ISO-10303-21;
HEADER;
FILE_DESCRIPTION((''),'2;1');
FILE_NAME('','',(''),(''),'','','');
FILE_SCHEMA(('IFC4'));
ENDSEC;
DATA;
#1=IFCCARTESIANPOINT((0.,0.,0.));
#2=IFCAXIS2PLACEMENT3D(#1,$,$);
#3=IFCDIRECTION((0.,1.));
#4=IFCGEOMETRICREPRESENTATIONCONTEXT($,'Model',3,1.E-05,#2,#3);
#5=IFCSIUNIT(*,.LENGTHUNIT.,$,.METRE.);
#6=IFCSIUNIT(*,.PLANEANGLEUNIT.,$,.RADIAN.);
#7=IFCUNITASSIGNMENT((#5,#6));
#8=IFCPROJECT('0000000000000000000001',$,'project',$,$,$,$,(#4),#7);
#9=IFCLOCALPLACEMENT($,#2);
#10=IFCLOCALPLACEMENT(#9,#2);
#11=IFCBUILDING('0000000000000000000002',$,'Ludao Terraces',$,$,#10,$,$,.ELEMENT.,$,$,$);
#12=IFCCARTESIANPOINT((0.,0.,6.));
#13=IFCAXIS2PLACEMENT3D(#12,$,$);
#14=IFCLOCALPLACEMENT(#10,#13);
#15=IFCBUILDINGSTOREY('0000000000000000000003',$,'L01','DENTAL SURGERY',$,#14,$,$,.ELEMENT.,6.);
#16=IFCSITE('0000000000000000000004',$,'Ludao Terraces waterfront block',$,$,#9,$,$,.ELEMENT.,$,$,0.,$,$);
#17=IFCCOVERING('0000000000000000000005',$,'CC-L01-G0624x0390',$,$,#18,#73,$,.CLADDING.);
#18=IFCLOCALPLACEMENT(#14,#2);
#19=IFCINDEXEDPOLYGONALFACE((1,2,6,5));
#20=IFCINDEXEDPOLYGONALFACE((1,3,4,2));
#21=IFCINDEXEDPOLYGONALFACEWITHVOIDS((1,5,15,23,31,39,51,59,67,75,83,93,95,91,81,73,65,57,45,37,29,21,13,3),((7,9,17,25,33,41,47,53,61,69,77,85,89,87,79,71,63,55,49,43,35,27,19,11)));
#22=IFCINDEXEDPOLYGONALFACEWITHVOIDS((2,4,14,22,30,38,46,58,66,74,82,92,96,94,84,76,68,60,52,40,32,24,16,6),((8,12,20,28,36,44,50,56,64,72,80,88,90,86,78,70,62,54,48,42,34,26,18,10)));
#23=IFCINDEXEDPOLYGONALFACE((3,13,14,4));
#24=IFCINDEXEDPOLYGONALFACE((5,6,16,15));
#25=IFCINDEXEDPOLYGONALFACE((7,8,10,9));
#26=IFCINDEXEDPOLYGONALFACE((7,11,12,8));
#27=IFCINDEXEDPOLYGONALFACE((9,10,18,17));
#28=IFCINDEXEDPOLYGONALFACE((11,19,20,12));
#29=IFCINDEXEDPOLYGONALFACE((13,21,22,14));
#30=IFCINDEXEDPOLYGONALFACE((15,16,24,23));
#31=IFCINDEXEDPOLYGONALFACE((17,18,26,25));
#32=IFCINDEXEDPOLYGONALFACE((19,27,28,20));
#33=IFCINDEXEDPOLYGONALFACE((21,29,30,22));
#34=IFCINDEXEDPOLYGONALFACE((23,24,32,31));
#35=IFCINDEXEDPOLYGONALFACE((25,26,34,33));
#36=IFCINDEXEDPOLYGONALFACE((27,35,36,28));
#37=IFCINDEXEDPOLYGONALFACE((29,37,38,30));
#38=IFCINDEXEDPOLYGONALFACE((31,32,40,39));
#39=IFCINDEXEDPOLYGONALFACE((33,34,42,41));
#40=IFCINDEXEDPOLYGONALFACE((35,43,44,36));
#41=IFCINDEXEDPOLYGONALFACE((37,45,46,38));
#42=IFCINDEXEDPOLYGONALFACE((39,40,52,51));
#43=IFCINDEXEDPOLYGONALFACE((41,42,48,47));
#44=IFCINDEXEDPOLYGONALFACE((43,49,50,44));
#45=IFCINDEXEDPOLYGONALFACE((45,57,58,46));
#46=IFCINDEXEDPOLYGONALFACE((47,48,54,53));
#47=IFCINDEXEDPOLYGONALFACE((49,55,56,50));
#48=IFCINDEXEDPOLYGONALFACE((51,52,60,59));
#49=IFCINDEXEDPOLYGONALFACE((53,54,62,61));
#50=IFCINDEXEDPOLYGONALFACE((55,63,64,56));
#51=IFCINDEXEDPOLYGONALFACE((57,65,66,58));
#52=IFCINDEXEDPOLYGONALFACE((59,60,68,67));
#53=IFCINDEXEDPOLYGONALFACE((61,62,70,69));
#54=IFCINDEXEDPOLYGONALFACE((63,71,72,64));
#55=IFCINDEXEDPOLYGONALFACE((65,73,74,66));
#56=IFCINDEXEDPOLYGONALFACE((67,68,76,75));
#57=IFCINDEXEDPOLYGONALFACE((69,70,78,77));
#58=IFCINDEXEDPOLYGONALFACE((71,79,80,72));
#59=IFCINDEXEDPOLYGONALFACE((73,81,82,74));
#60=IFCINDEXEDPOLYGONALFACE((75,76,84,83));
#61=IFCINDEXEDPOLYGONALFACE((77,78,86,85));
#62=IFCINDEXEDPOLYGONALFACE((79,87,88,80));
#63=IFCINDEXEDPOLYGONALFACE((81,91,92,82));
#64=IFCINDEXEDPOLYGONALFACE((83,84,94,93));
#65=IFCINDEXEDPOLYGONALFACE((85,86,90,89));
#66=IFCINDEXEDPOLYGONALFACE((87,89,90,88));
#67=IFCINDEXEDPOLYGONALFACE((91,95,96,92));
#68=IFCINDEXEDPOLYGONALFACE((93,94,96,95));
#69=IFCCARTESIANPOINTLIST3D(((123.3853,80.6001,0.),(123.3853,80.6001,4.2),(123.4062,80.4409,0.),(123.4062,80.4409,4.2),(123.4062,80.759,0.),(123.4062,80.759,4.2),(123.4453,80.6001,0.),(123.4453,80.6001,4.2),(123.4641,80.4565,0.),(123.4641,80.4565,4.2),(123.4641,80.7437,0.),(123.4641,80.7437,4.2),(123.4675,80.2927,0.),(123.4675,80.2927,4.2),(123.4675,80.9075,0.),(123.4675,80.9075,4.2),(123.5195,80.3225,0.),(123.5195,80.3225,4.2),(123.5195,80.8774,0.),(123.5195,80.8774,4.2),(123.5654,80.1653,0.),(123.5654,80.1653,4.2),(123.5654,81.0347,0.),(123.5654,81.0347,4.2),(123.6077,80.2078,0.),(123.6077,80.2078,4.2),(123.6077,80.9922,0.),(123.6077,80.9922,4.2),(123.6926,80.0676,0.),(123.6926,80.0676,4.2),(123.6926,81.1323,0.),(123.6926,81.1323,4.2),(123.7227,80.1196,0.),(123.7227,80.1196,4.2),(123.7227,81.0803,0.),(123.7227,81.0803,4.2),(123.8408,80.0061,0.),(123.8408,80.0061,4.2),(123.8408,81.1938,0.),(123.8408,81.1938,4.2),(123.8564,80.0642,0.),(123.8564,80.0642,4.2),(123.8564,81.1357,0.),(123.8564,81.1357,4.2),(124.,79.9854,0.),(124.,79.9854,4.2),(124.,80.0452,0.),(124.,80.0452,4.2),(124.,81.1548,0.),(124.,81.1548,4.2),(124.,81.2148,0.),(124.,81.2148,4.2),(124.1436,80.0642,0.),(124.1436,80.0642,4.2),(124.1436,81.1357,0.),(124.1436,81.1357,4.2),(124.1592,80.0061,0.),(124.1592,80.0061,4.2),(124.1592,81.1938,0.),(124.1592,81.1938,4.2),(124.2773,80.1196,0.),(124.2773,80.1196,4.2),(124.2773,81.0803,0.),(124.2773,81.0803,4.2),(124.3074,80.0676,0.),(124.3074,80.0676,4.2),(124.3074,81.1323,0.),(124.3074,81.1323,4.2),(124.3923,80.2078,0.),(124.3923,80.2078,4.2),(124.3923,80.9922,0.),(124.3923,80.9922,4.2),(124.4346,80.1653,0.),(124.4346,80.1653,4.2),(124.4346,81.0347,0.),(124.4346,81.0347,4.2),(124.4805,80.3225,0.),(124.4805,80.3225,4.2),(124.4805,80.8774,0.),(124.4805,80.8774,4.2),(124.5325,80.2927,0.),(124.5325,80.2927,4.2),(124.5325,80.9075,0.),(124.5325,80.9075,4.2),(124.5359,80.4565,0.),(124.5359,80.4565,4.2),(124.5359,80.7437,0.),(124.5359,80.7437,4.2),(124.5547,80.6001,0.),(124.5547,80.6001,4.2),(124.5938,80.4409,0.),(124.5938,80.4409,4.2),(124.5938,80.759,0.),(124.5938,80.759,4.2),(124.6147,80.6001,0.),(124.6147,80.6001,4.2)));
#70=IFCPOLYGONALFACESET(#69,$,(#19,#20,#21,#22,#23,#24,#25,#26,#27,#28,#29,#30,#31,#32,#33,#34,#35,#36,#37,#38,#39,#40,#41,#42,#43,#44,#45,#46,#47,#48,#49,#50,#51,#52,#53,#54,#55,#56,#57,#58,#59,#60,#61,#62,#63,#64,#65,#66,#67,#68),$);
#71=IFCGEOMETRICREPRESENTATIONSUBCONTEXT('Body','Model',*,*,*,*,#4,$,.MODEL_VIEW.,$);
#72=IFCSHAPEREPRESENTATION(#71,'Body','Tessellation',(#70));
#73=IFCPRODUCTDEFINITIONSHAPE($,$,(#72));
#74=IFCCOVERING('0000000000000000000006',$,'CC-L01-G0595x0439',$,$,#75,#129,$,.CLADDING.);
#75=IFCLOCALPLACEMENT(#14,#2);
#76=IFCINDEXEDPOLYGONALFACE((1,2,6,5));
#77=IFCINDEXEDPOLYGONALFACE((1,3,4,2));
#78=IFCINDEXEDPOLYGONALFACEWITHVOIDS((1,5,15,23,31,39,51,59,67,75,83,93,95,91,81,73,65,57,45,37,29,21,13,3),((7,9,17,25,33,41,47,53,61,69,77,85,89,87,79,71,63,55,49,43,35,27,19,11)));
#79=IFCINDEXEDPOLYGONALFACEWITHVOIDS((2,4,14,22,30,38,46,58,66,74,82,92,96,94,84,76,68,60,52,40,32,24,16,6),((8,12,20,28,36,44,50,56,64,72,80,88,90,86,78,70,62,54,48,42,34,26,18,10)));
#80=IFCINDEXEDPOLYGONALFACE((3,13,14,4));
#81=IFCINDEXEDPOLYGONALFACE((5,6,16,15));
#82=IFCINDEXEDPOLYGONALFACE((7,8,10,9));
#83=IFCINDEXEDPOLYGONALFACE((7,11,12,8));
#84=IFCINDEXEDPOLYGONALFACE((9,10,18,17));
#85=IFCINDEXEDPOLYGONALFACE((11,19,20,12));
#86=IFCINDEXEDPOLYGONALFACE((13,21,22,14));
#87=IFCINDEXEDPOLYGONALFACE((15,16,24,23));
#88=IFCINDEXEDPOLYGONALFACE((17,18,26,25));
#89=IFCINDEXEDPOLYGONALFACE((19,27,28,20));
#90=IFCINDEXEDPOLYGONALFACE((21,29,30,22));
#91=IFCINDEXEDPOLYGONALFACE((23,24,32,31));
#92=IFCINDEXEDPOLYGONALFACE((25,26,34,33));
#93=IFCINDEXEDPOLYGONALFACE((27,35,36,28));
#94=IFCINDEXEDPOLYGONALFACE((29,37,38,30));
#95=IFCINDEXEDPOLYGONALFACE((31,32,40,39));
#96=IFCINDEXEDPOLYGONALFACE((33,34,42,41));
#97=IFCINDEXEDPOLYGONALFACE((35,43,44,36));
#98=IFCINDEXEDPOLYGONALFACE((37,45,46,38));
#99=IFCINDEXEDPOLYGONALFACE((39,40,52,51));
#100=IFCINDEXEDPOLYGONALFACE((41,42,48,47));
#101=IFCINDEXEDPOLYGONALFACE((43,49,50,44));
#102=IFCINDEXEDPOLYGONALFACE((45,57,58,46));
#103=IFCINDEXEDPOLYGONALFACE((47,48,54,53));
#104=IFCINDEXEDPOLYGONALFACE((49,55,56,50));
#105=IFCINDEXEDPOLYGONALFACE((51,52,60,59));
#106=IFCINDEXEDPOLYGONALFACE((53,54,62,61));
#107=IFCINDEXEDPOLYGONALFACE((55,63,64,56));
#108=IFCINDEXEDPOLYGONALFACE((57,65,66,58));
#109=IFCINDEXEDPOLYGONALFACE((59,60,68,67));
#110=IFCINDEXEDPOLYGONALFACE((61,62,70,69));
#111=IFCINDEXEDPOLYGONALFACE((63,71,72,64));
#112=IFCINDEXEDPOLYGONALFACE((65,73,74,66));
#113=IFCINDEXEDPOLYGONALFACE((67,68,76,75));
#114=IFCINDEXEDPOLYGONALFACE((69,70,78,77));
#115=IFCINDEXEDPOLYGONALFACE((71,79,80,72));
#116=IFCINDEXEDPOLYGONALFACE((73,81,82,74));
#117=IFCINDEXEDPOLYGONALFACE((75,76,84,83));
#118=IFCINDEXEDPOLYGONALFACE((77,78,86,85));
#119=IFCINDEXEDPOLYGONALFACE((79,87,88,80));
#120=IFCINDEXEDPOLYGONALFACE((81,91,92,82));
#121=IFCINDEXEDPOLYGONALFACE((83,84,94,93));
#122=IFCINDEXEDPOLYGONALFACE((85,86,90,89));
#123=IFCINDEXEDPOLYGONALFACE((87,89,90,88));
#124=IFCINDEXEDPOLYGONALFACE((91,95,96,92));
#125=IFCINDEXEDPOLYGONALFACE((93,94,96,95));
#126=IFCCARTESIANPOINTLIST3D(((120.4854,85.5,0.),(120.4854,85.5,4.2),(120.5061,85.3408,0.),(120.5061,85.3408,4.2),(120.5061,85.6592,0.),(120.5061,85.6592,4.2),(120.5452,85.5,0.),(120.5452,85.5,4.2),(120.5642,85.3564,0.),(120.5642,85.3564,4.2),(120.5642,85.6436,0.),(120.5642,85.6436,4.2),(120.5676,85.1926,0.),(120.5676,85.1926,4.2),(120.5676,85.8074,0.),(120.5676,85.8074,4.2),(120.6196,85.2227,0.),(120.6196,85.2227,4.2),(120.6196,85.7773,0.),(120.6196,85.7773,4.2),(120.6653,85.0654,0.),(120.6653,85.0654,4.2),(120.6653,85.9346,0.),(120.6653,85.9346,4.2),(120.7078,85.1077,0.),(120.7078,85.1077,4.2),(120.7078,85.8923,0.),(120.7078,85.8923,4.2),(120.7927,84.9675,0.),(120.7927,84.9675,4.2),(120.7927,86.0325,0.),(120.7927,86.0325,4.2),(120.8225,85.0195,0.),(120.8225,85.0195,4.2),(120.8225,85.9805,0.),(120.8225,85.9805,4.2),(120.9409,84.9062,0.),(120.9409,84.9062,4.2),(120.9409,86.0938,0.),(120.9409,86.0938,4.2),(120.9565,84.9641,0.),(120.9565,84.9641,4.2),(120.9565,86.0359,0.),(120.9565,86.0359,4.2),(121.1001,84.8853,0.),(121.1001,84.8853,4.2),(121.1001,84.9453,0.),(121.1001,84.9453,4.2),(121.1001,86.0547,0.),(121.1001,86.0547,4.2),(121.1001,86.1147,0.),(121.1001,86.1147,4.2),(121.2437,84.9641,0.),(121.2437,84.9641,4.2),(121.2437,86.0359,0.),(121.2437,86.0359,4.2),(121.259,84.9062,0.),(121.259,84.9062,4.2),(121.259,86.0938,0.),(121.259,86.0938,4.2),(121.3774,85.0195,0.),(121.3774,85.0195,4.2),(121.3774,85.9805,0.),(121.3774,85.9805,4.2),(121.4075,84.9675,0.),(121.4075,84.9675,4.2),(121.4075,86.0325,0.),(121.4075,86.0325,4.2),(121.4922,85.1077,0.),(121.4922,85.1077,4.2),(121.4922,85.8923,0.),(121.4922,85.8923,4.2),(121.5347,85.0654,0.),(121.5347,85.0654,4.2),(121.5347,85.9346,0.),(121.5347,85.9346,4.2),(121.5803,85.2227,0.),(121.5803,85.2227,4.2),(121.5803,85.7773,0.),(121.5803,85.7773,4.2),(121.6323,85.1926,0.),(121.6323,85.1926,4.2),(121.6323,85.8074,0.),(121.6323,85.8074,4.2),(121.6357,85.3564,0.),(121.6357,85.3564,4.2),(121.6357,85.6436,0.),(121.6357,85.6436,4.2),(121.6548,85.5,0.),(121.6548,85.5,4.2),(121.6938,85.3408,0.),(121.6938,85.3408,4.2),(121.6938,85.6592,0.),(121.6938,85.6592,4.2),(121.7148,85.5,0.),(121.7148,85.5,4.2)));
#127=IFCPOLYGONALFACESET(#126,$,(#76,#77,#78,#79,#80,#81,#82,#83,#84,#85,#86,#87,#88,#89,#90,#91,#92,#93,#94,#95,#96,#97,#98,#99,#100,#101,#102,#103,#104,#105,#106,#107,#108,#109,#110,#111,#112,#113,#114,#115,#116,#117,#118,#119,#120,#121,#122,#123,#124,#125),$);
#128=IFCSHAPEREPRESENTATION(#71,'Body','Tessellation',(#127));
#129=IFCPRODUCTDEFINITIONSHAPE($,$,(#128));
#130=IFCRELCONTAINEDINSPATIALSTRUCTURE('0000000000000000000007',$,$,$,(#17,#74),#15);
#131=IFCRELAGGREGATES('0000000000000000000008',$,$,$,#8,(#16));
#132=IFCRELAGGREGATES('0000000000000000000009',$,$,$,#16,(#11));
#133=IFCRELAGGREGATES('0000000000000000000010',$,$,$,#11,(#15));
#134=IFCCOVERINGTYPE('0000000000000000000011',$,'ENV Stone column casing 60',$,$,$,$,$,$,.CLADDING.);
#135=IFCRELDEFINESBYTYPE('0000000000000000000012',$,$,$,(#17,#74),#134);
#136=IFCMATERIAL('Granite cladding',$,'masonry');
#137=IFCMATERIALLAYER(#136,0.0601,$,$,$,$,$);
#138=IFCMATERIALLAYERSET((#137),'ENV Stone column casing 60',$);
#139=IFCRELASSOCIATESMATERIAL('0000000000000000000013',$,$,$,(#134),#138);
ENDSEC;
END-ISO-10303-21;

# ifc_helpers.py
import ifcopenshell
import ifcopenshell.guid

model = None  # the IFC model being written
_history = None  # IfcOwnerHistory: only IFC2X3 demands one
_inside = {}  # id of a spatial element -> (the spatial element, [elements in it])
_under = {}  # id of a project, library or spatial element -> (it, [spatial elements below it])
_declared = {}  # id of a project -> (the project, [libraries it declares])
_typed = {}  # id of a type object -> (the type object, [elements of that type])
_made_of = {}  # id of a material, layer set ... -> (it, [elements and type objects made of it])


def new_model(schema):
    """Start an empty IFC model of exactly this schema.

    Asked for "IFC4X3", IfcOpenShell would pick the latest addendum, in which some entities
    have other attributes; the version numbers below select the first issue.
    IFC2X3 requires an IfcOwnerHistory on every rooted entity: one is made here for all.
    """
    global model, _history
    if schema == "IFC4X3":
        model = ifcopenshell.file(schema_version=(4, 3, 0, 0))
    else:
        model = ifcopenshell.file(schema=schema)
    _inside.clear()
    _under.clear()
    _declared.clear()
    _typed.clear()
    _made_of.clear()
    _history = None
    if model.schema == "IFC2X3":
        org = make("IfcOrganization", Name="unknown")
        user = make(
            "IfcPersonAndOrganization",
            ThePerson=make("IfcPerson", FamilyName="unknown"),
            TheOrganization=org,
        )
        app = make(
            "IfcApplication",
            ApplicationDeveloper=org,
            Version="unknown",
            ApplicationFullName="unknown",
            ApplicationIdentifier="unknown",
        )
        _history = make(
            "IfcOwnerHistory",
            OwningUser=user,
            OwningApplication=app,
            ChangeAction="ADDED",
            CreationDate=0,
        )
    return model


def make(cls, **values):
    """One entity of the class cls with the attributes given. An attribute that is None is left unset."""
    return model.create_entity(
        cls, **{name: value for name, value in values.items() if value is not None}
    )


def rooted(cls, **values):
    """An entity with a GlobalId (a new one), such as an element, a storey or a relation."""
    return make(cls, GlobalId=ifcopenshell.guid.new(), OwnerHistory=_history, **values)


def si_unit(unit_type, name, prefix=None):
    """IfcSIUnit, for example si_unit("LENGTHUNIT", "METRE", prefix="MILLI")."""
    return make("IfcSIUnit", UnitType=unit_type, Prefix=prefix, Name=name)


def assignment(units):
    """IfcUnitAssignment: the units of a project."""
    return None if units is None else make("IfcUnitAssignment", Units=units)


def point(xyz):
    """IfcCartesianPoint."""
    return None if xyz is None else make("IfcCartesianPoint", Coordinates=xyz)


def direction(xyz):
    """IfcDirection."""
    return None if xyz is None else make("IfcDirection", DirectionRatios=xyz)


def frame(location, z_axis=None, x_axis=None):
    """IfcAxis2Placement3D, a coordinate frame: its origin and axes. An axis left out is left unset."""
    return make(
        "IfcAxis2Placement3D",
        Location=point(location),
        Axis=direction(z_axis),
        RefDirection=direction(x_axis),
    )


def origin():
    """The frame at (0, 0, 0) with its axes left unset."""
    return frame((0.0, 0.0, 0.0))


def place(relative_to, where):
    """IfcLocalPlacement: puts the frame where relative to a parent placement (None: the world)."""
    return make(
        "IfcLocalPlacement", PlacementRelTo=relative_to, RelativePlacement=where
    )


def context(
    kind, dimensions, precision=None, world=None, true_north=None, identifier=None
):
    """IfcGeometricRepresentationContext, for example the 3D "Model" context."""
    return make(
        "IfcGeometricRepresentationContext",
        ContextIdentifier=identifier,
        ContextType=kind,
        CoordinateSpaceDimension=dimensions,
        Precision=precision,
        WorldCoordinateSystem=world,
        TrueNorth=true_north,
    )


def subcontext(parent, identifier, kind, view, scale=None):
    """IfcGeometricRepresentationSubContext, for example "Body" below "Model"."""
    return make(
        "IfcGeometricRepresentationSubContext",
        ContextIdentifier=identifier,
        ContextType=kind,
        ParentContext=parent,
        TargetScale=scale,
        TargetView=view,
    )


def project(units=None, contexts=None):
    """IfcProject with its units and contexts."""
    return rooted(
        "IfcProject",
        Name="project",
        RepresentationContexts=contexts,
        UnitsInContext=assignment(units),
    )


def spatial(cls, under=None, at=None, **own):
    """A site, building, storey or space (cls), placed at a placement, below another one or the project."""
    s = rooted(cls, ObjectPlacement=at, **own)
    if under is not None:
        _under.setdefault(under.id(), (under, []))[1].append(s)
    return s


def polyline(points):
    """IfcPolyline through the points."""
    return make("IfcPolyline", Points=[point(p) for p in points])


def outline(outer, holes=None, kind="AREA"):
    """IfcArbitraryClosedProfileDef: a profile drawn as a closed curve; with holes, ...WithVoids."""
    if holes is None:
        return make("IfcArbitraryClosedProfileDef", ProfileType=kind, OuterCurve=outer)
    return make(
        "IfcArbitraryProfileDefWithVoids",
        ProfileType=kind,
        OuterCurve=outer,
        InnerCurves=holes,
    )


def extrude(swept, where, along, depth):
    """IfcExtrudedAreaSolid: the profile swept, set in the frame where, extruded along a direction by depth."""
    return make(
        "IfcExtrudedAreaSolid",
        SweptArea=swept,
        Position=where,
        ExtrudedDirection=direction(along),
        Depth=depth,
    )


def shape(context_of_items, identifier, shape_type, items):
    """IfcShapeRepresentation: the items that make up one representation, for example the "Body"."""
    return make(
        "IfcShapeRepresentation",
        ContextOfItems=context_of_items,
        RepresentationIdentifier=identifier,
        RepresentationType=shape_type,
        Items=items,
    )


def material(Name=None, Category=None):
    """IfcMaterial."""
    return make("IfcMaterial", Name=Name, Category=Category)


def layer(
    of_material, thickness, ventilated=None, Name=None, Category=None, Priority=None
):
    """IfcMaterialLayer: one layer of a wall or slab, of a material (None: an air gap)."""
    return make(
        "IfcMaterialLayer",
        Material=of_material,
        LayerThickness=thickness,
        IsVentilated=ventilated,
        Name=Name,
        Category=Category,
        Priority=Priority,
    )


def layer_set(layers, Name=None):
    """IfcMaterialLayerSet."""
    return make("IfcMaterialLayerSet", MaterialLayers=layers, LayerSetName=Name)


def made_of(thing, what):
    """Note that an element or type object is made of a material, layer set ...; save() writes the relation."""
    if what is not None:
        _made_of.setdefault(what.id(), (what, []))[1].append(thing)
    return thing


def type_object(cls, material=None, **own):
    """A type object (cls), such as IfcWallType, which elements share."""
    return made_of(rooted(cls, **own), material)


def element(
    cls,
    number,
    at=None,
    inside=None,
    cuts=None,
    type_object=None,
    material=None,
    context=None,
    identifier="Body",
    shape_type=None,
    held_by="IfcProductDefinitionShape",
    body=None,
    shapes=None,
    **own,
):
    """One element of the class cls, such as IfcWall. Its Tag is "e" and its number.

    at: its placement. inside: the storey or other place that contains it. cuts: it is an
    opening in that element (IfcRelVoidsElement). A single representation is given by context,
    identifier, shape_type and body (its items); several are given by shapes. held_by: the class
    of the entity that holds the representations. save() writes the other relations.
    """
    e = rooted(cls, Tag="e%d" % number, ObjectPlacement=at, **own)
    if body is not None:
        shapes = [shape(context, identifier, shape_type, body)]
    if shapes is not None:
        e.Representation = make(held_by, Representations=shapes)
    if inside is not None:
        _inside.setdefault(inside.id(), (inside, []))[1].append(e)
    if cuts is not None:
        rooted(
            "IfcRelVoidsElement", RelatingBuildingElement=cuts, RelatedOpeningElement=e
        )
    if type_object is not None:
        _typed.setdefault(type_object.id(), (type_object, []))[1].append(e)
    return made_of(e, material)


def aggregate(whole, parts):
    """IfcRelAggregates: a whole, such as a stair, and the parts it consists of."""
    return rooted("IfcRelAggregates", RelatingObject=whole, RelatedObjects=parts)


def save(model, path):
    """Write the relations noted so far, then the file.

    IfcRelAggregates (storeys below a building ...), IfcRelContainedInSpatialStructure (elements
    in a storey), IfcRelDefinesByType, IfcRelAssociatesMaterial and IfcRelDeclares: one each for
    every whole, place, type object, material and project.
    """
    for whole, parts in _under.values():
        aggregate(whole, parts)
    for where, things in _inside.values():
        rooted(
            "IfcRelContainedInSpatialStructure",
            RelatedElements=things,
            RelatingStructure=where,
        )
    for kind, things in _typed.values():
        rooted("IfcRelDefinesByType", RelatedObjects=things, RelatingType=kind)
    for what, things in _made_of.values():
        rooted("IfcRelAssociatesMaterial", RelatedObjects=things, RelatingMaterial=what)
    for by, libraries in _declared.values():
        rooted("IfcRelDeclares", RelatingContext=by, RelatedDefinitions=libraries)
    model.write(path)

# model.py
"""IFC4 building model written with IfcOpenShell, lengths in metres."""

from ifc_helpers import new_model, si_unit, direction, frame, origin, place, context, subcontext, project, spatial, polyline, outline, extrude, material, layer, layer_set, type_object, element, save


model = new_model("IFC4")

# Units and contexts
model_context = context("Model", 3, precision=1e-05, world=origin(), true_north=direction((0.0, 1.0)))
body_context = subcontext(model_context, "Body", "Model", "MODEL_VIEW")
ifc_project = project(units=[si_unit("LENGTHUNIT", "METRE"), si_unit("PLANEANGLEUNIT", "RADIAN")], contexts=[model_context])

# Site, building, storey
site_placement = place(None, origin())
site = spatial("IfcSite", under=ifc_project, at=site_placement, Name="Ludao Terraces waterfront block", CompositionType="ELEMENT", RefElevation=0.0)
building_placement = place(site_placement, origin())
building = spatial("IfcBuilding", under=site, at=building_placement, Name="Ludao Terraces", CompositionType="ELEMENT")
storey_placement = place(building_placement, frame((0.0, 0.0, 6.0)))
storey = spatial("IfcBuildingStorey", under=building, at=storey_placement, Name="L01", Description="DENTAL SURGERY", CompositionType="ELEMENT", Elevation=6.0)

# Coverings
ifc_material_1 = material(Name="Granite cladding", Category="masonry")
ifc_layer_1 = layer(ifc_material_1, 0.0601)
ifc_layer_set_1 = layer_set([ifc_layer_1], Name="ENV Stone column casing 60")
covering_type = type_object("IfcCoveringType", Name="ENV Stone column casing 60", PredefinedType="CLADDING", material=ifc_layer_set_1)
covering_1_placement = place(storey_placement, origin())
element("IfcCovering", 1, at=covering_1_placement, inside=storey, type_object=covering_type, Name="CC-L01-G0624x0390", PredefinedType="CLADDING", context=body_context, shape_type="SweptSolid", body=[
    extrude(outline(polyline([(124.6147, 80.6001), (124.5938, 80.759), (124.5325, 80.9075), (124.4346, 81.0347), (124.3074, 81.1323), (124.1592, 81.1938), (124.0, 81.2148), (123.8408, 81.1938), (123.6926, 81.1323), (123.5654, 81.0347), (123.4675, 80.9075), (123.4062, 80.759), (123.3853, 80.6001), (123.4062, 80.4409), (123.4675, 80.2927), (123.5654, 80.1653), (123.6926, 80.0676), (123.8408, 80.0061), (124.0, 79.9854), (124.1592, 80.0061), (124.3074, 80.0676), (124.4346, 80.1653), (124.5325, 80.2927), (124.5938, 80.4409), (124.6147, 80.6001)]), holes=[polyline([(124.5359, 80.4565), (124.4805, 80.3225), (124.3923, 80.2078), (124.2773, 80.1196), (124.1436, 80.0642), (124.0, 80.0452), (123.8564, 80.0642), (123.7227, 80.1196), (123.6077, 80.2078), (123.5195, 80.3225), (123.4641, 80.4565), (123.4453, 80.6001), (123.4641, 80.7437), (123.5195, 80.8774), (123.6077, 80.9922), (123.7227, 81.0803), (123.8564, 81.1357), (124.0, 81.1548), (124.1436, 81.1357), (124.2773, 81.0803), (124.3923, 80.9922), (124.4805, 80.8774), (124.5359, 80.7437), (124.5547, 80.6001), (124.5359, 80.4565)])]), origin(), (0.0, 0.0, 1.0), 4.2),
])
covering_2_placement = place(storey_placement, origin())
element("IfcCovering", 2, at=covering_2_placement, inside=storey, type_object=covering_type, Name="CC-L01-G0595x0439", PredefinedType="CLADDING", context=body_context, shape_type="SweptSolid", body=[
    extrude(outline(polyline([(121.7148, 85.5), (121.6938, 85.6592), (121.6323, 85.8074), (121.5347, 85.9346), (121.4075, 86.0325), (121.259, 86.0938), (121.1001, 86.1147), (120.9409, 86.0938), (120.7927, 86.0325), (120.6653, 85.9346), (120.5676, 85.8074), (120.5061, 85.6592), (120.4854, 85.5), (120.5061, 85.3408), (120.5676, 85.1926), (120.6653, 85.0654), (120.7927, 84.9675), (120.9409, 84.9062), (121.1001, 84.8853), (121.259, 84.9062), (121.4075, 84.9675), (121.5347, 85.0654), (121.6323, 85.1926), (121.6938, 85.3408), (121.7148, 85.5)]), holes=[polyline([(121.6357, 85.3564), (121.5803, 85.2227), (121.4922, 85.1077), (121.3774, 85.0195), (121.2437, 84.9641), (121.1001, 84.9453), (120.9565, 84.9641), (120.8225, 85.0195), (120.7078, 85.1077), (120.6196, 85.2227), (120.5642, 85.3564), (120.5452, 85.5), (120.5642, 85.6436), (120.6196, 85.7773), (120.7078, 85.8923), (120.8225, 85.9805), (120.9565, 86.0359), (121.1001, 86.0547), (121.2437, 86.0359), (121.3774, 85.9805), (121.4922, 85.8923), (121.5803, 85.7773), (121.6357, 85.6436), (121.6548, 85.5), (121.6357, 85.3564)])]), origin(), (0.0, 0.0, 1.0), 4.2),
])

save(model, "model.ifc")
